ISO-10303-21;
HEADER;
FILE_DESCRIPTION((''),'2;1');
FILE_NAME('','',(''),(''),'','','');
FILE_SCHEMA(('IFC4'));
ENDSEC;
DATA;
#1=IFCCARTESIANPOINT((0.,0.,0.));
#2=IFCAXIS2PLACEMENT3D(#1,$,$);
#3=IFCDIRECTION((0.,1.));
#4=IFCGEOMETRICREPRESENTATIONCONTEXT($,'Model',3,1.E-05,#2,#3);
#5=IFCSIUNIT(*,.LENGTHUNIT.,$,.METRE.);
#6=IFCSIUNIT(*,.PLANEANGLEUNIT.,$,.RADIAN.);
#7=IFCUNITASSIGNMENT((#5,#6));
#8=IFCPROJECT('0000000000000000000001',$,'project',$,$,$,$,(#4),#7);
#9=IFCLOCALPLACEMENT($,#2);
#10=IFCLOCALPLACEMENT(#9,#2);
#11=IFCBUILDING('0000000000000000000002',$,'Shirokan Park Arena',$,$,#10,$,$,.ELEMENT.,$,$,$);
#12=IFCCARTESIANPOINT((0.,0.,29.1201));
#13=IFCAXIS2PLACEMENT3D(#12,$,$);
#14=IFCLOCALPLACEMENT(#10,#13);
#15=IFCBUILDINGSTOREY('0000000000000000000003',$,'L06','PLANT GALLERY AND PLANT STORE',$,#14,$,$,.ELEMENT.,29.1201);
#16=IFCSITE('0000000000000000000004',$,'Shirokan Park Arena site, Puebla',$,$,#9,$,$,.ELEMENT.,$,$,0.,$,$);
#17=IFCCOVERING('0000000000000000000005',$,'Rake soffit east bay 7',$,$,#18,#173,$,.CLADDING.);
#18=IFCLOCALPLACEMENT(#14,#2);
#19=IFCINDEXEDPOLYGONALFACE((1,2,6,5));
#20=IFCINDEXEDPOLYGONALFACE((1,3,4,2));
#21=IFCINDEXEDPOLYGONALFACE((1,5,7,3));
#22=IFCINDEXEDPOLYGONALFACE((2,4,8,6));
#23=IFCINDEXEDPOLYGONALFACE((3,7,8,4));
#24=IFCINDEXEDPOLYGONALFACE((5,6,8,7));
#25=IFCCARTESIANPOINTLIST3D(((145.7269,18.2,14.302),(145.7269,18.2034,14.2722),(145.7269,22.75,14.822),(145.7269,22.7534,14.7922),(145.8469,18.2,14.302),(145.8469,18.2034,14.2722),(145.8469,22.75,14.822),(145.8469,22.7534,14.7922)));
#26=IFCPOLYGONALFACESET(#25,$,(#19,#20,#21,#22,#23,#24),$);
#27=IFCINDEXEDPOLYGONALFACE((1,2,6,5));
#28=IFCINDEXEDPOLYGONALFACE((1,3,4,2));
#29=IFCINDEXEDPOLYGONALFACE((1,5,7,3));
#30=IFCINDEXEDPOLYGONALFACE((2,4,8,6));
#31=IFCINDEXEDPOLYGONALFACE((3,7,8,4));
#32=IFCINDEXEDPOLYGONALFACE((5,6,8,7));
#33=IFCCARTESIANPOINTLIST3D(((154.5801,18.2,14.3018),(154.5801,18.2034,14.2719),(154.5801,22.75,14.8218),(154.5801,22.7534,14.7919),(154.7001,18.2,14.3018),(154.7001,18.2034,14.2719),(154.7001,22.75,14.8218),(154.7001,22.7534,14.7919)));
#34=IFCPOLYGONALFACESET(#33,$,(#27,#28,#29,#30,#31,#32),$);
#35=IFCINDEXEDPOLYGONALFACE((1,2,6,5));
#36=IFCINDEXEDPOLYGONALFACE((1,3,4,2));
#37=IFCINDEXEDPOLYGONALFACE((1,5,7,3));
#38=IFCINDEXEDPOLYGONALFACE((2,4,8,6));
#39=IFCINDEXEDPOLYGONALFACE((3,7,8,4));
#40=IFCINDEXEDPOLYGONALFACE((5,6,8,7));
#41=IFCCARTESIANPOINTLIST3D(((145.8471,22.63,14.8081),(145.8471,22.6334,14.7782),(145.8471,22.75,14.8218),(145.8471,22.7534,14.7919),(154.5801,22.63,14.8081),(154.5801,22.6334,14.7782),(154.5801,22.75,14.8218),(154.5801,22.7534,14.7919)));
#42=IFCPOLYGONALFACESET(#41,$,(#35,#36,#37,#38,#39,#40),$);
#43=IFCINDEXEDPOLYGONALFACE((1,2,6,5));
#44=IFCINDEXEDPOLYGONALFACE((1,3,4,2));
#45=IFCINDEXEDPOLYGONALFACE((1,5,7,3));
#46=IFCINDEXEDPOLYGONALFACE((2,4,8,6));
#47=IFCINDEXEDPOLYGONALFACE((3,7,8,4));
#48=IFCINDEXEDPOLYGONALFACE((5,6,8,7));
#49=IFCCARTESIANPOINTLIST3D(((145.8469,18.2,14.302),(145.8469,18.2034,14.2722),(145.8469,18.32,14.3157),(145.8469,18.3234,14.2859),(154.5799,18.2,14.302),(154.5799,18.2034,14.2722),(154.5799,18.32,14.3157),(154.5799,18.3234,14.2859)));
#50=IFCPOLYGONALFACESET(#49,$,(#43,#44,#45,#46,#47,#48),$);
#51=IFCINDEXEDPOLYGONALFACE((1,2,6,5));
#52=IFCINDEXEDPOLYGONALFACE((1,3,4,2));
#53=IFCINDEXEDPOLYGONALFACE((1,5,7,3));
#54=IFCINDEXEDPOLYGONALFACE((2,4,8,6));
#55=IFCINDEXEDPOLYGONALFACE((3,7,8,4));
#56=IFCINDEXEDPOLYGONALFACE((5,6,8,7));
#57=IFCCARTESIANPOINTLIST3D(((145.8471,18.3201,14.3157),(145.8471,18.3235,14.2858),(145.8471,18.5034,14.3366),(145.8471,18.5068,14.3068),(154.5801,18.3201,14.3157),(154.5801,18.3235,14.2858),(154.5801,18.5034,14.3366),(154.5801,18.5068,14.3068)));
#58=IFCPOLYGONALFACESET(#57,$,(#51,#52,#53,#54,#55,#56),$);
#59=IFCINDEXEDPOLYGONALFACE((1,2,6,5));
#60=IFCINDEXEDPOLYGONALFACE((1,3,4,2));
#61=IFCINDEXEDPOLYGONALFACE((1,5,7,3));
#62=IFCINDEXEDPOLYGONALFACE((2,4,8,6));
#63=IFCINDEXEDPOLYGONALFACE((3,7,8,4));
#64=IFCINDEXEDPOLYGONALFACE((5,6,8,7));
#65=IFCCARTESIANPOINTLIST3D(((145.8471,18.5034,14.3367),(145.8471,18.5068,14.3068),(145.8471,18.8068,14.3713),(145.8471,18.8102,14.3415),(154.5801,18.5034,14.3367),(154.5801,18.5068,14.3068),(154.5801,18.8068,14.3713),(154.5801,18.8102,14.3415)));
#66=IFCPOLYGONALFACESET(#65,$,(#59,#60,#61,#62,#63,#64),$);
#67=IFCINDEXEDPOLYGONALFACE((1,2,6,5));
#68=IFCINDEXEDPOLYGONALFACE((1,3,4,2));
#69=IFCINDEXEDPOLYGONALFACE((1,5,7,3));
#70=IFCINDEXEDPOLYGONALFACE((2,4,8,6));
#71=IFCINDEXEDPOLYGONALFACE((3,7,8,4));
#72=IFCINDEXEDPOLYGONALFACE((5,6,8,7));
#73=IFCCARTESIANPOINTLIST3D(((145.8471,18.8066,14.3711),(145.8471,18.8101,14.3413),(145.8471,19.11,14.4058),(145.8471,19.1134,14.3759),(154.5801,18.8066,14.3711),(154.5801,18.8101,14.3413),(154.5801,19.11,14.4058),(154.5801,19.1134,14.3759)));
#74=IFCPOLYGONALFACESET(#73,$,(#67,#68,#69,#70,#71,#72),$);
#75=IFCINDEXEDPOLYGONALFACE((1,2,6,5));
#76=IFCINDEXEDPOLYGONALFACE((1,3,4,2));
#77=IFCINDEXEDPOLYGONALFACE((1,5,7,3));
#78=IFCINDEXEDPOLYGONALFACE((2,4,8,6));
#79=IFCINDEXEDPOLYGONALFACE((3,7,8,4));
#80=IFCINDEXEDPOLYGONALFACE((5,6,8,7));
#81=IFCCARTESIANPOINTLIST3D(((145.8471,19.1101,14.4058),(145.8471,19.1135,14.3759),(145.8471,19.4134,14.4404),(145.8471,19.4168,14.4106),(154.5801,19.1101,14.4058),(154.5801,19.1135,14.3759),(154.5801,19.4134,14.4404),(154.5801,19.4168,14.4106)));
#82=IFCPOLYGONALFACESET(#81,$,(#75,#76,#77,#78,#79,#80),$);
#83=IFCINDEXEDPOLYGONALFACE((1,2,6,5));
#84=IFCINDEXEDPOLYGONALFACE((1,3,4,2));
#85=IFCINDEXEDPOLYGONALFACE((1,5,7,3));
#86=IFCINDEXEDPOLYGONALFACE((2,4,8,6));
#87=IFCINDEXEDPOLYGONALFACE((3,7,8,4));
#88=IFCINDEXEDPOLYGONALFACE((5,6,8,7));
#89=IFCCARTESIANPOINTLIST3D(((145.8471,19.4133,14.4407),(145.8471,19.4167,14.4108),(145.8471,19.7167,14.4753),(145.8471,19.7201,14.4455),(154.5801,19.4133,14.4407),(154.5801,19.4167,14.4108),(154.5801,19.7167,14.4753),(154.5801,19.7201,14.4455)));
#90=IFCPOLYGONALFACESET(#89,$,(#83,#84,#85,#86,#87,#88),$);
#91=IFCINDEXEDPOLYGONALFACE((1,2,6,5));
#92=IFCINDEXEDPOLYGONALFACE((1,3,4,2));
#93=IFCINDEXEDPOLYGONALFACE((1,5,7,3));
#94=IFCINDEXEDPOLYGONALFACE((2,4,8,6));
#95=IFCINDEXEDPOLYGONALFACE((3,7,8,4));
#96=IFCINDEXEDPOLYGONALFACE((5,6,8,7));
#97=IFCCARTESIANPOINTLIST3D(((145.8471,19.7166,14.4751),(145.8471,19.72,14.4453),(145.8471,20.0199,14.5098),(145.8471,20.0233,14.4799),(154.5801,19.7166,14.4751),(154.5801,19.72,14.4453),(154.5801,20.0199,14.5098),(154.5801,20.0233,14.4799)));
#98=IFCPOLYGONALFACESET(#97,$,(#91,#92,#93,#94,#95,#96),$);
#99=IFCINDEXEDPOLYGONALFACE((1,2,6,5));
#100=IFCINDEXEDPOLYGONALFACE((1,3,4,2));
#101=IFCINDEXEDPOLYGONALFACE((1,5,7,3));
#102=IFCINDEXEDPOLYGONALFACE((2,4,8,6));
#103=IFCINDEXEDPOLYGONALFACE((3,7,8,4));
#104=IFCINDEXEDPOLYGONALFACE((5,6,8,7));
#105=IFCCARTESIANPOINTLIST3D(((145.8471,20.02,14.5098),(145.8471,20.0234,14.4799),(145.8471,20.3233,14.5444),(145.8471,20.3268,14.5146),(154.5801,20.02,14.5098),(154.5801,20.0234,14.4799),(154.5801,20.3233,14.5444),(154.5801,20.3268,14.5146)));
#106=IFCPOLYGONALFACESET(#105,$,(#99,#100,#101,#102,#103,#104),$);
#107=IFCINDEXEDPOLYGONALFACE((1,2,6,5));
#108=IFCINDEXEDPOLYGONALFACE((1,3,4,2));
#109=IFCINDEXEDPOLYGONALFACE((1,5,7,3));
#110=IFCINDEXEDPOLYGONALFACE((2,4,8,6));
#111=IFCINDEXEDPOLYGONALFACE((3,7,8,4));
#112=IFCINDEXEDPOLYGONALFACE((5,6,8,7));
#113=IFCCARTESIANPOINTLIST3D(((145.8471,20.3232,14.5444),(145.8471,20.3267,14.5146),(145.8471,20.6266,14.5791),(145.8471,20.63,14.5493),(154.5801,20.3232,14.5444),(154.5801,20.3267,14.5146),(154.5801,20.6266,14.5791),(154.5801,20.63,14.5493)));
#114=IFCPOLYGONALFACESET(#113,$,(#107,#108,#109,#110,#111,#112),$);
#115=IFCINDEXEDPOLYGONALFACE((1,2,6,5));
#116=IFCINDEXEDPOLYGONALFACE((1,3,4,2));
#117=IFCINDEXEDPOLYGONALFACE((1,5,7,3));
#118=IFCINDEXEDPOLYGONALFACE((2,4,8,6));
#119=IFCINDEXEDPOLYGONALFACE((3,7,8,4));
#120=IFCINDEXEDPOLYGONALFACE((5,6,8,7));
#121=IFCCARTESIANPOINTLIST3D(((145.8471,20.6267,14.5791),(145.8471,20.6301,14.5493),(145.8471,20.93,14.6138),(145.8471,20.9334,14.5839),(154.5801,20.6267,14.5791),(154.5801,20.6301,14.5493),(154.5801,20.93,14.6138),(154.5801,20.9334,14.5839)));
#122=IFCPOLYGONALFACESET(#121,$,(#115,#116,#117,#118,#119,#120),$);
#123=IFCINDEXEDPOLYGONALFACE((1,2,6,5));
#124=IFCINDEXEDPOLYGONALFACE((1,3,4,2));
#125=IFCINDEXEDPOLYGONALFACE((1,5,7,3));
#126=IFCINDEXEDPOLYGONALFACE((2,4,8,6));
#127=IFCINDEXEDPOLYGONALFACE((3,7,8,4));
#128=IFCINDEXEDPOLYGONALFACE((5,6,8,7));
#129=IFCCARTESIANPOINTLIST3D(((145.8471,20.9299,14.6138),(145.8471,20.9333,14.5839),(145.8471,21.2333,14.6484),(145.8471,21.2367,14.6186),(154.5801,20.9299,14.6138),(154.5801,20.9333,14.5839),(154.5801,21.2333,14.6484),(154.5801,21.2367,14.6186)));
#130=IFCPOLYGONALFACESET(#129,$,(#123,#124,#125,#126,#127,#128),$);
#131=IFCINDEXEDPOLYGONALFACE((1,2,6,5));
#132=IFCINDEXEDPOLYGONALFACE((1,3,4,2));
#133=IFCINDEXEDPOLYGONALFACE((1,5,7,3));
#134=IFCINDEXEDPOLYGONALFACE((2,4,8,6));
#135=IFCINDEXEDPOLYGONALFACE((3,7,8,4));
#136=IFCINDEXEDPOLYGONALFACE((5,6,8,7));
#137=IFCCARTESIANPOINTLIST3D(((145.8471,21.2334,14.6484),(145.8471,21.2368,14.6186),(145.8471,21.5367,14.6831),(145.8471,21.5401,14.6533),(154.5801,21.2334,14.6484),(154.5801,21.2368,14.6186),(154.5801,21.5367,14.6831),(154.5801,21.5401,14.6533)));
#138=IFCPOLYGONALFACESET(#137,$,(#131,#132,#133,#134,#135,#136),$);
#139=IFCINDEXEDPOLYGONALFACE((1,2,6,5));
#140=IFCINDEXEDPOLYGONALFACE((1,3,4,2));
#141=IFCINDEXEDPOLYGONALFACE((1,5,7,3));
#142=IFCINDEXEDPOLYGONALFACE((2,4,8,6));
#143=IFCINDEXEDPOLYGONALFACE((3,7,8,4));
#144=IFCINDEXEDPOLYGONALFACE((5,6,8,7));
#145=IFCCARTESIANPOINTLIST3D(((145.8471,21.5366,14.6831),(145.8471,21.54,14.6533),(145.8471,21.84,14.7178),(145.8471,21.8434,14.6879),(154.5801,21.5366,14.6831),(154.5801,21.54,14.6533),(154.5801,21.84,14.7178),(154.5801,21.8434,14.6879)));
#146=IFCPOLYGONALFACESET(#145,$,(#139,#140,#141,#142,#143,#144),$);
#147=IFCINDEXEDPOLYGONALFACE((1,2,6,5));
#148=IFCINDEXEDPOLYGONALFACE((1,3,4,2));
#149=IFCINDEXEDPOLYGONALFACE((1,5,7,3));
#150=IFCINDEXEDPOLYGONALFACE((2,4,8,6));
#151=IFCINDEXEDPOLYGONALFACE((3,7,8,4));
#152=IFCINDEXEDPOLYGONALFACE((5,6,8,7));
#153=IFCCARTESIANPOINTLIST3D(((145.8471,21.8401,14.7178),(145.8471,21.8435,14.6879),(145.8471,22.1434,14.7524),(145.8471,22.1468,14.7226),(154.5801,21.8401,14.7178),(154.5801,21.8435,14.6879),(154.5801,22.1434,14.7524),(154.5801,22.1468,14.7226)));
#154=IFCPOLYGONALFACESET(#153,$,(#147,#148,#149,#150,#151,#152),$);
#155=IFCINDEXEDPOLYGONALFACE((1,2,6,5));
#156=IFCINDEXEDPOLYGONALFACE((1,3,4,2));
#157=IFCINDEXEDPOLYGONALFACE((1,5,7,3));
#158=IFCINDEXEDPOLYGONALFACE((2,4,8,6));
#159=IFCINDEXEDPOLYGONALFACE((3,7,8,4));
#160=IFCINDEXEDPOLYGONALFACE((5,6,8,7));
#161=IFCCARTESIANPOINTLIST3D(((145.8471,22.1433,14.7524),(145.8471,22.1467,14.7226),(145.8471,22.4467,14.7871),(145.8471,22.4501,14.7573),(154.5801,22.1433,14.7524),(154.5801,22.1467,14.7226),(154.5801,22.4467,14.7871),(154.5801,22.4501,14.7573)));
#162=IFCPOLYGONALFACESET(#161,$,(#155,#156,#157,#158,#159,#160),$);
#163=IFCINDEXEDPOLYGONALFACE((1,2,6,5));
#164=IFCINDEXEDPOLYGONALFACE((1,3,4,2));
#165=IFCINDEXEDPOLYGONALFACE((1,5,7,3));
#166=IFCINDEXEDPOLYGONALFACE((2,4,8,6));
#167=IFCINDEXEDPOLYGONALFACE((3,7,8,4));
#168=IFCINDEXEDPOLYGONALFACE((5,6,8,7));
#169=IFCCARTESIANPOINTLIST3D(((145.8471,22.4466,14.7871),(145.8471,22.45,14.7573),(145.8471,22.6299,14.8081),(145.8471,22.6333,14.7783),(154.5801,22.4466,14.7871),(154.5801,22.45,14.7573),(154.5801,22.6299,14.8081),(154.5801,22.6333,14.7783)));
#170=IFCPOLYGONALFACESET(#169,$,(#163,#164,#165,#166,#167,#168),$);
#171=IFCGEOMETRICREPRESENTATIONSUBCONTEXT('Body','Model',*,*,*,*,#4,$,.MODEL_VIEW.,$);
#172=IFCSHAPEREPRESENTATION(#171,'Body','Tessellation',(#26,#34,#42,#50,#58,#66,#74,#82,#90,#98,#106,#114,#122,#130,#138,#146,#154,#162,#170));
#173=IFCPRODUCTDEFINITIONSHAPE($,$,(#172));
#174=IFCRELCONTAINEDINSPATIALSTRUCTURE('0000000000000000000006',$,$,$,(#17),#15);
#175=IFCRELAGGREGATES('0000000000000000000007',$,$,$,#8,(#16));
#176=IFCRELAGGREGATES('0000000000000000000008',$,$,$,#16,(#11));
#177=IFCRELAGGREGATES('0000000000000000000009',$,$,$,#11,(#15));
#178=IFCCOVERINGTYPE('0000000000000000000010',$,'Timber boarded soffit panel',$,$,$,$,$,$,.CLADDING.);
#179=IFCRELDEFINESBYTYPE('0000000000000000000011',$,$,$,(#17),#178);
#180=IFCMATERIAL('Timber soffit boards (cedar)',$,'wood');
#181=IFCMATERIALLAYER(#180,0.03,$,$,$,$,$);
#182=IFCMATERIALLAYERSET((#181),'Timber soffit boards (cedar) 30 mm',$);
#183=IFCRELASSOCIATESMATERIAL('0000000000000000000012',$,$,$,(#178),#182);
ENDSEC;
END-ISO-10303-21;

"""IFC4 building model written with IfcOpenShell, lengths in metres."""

from ifc_helpers import new_model, si_unit, direction, frame, origin, place, context, subcontext, project, spatial, polyline, outline, extrude, material, layer, layer_set, type_object, element, save


model = new_model("IFC4")

# Units and contexts
model_context = context("Model", 3, precision=1e-05, world=origin(), true_north=direction((0.0, 1.0)))
body_context = subcontext(model_context, "Body", "Model", "MODEL_VIEW")
ifc_project = project(units=[si_unit("LENGTHUNIT", "METRE"), si_unit("PLANEANGLEUNIT", "RADIAN")], contexts=[model_context])

# Site, building, storey
site_placement = place(None, origin())
site = spatial("IfcSite", under=ifc_project, at=site_placement, Name="Shirokan Park Arena site, Puebla", CompositionType="ELEMENT", RefElevation=0.0)
building_placement = place(site_placement, origin())
building = spatial("IfcBuilding", under=site, at=building_placement, Name="Shirokan Park Arena", CompositionType="ELEMENT")
storey_placement = place(building_placement, frame((0.0, 0.0, 29.1201)))
storey = spatial("IfcBuildingStorey", under=building, at=storey_placement, Name="L06", Description="PLANT GALLERY AND PLANT STORE", CompositionType="ELEMENT", Elevation=29.1201)

# Covering
ifc_material = material(Name="Timber soffit boards (cedar)", Category="wood")
ifc_layer = layer(ifc_material, 0.03)
ifc_layer_set = layer_set([ifc_layer], Name="Timber soffit boards (cedar) 30 mm")
covering_type = type_object("IfcCoveringType", Name="Timber boarded soffit panel", PredefinedType="CLADDING", material=ifc_layer_set)
covering_1_placement = place(storey_placement, origin())
element("IfcCovering", 1, at=covering_1_placement, inside=storey, type_object=covering_type, Name="Rake soffit east bay 7", PredefinedType="CLADDING", context=body_context, shape_type="SweptSolid", body=[
    extrude(outline(polyline([(0.0, 0.0), (0.12, 0.0), (0.12, -4.5796), (0.0, -4.5796), (0.0, 0.0)])), frame((145.8469, 18.2, 14.302), z_axis=(0.0, -0.113547, 0.993533), x_axis=(-1.0, 0.0, 0.0)), (0.0, 0.0, -1.0), 0.03),
    extrude(outline(polyline([(0.0, 0.0), (0.12, 0.0), (0.12, -4.5796), (0.0, -4.5796), (0.0, 0.0)])), frame((154.5801, 22.75, 14.8218), z_axis=(0.0, -0.113547, 0.993533), x_axis=(1.0, 0.0, 0.0)), (0.0, 0.0, -1.0), 0.03),
    extrude(outline(polyline([(0.0, 0.0), (0.1208, 0.0), (0.1208, -8.733), (0.0, -8.733), (0.0, 0.0)])), frame((154.5801, 22.75, 14.8218), z_axis=(0.0, -0.113512, 0.993537), x_axis=(0.0, -0.993537, -0.113512)), (0.0, 0.0, -1.0), 0.03),
    extrude(outline(polyline([(0.0, 0.0), (0.1208, 0.0), (0.1208, -8.733), (0.0, -8.733), (0.0, 0.0)])), frame((145.8469, 18.2, 14.302), z_axis=(0.0, -0.113512, 0.993537), x_axis=(0.0, 0.993537, 0.113512)), (0.0, 0.0, -1.0), 0.03),
    extrude(outline(polyline([(0.0, 0.0), (8.733, 0.0), (8.733, -0.1845), (0.0, -0.1845), (0.0, 0.0)])), frame((154.5801, 18.3201, 14.3157), z_axis=(0.0, -0.113589, 0.993528), x_axis=(-1.0, 0.0, 0.0)), (0.0, 0.0, -1.0), 0.03),
    extrude(outline(polyline([(0.0, 0.0), (8.733, 0.0), (8.733, -0.3053), (0.0, -0.3053), (0.0, 0.0)])), frame((154.5801, 18.5034, 14.3367), z_axis=(0.0, -0.113523, 0.993535), x_axis=(-1.0, 0.0, 0.0)), (0.0, 0.0, -1.0), 0.03),
    extrude(outline(polyline([(0.0, 0.0), (8.733, 0.0), (8.733, -0.3053), (0.0, -0.3053), (0.0, 0.0)])), frame((154.5801, 18.8066, 14.3711), z_axis=(0.0, -0.113559, 0.993531), x_axis=(-1.0, 0.0, 0.0)), (0.0, 0.0, -1.0), 0.03),
    extrude(outline(polyline([(0.0, 0.0), (8.733, 0.0), (8.733, -0.3053), (0.0, -0.3053), (0.0, 0.0)])), frame((154.5801, 19.1101, 14.4058), z_axis=(0.0, -0.113559, 0.993531), x_axis=(-1.0, 0.0, 0.0)), (0.0, 0.0, -1.0), 0.03),
    extrude(outline(polyline([(0.0, 0.0), (8.733, 0.0), (8.733, -0.3053), (0.0, -0.3053), (0.0, 0.0)])), frame((154.5801, 19.4133, 14.4407), z_axis=(0.0, -0.113523, 0.993535), x_axis=(-1.0, 0.0, 0.0)), (0.0, 0.0, -1.0), 0.03),
    extrude(outline(polyline([(0.0, 0.0), (8.733, 0.0), (8.733, -0.3053), (0.0, -0.3053), (0.0, 0.0)])), frame((154.5801, 19.7166, 14.4751), z_axis=(0.0, -0.113559, 0.993531), x_axis=(-1.0, 0.0, 0.0)), (0.0, 0.0, -1.0), 0.03),
    extrude(outline(polyline([(0.0, 0.0), (8.733, 0.0), (8.733, -0.3053), (0.0, -0.3053), (0.0, 0.0)])), frame((154.5801, 20.02, 14.5098), z_axis=(0.0, -0.113559, 0.993531), x_axis=(-1.0, 0.0, 0.0)), (0.0, 0.0, -1.0), 0.03),
    extrude(outline(polyline([(0.0, 0.0), (8.733, 0.0), (8.733, -0.3053), (0.0, -0.3053), (0.0, 0.0)])), frame((154.5801, 20.3232, 14.5444), z_axis=(0.0, -0.113523, 0.993535), x_axis=(-1.0, 0.0, 0.0)), (0.0, 0.0, -1.0), 0.03),
    extrude(outline(polyline([(0.0, 0.0), (8.733, 0.0), (8.733, -0.3053), (0.0, -0.3053), (0.0, 0.0)])), frame((154.5801, 20.6267, 14.5791), z_axis=(0.0, -0.113559, 0.993531), x_axis=(-1.0, 0.0, 0.0)), (0.0, 0.0, -1.0), 0.03),
    extrude(outline(polyline([(0.0, 0.0), (8.733, 0.0), (8.733, -0.3053), (0.0, -0.3053), (0.0, 0.0)])), frame((154.5801, 20.9299, 14.6138), z_axis=(0.0, -0.113559, 0.993531), x_axis=(-1.0, 0.0, 0.0)), (0.0, 0.0, -1.0), 0.03),
    extrude(outline(polyline([(0.0, 0.0), (8.733, 0.0), (8.733, -0.3053), (0.0, -0.3053), (0.0, 0.0)])), frame((154.5801, 21.2334, 14.6484), z_axis=(0.0, -0.113523, 0.993535), x_axis=(-1.0, 0.0, 0.0)), (0.0, 0.0, -1.0), 0.03),
    extrude(outline(polyline([(0.0, 0.0), (8.733, 0.0), (8.733, -0.3053), (0.0, -0.3053), (0.0, 0.0)])), frame((154.5801, 21.5366, 14.6831), z_axis=(0.0, -0.113559, 0.993531), x_axis=(-1.0, 0.0, 0.0)), (0.0, 0.0, -1.0), 0.03),
    extrude(outline(polyline([(0.0, 0.0), (8.733, 0.0), (8.733, -0.3053), (0.0, -0.3053), (0.0, 0.0)])), frame((154.5801, 21.8401, 14.7178), z_axis=(0.0, -0.113559, 0.993531), x_axis=(-1.0, 0.0, 0.0)), (0.0, 0.0, -1.0), 0.03),
    extrude(outline(polyline([(0.0, 0.0), (8.733, 0.0), (8.733, -0.3053), (0.0, -0.3053), (0.0, 0.0)])), frame((154.5801, 22.1433, 14.7524), z_axis=(0.0, -0.113523, 0.993535), x_axis=(-1.0, 0.0, 0.0)), (0.0, 0.0, -1.0), 0.03),
    extrude(outline(polyline([(0.0, 0.0), (0.1845, 0.0), (0.1845, -8.733), (0.0, -8.733), (0.0, 0.0)])), frame((154.5801, 22.6299, 14.8081), z_axis=(0.0, -0.113589, 0.993528), x_axis=(0.0, -0.993528, -0.113589)), (0.0, 0.0, -1.0), 0.03),
])

save(model, "model.ifc")
